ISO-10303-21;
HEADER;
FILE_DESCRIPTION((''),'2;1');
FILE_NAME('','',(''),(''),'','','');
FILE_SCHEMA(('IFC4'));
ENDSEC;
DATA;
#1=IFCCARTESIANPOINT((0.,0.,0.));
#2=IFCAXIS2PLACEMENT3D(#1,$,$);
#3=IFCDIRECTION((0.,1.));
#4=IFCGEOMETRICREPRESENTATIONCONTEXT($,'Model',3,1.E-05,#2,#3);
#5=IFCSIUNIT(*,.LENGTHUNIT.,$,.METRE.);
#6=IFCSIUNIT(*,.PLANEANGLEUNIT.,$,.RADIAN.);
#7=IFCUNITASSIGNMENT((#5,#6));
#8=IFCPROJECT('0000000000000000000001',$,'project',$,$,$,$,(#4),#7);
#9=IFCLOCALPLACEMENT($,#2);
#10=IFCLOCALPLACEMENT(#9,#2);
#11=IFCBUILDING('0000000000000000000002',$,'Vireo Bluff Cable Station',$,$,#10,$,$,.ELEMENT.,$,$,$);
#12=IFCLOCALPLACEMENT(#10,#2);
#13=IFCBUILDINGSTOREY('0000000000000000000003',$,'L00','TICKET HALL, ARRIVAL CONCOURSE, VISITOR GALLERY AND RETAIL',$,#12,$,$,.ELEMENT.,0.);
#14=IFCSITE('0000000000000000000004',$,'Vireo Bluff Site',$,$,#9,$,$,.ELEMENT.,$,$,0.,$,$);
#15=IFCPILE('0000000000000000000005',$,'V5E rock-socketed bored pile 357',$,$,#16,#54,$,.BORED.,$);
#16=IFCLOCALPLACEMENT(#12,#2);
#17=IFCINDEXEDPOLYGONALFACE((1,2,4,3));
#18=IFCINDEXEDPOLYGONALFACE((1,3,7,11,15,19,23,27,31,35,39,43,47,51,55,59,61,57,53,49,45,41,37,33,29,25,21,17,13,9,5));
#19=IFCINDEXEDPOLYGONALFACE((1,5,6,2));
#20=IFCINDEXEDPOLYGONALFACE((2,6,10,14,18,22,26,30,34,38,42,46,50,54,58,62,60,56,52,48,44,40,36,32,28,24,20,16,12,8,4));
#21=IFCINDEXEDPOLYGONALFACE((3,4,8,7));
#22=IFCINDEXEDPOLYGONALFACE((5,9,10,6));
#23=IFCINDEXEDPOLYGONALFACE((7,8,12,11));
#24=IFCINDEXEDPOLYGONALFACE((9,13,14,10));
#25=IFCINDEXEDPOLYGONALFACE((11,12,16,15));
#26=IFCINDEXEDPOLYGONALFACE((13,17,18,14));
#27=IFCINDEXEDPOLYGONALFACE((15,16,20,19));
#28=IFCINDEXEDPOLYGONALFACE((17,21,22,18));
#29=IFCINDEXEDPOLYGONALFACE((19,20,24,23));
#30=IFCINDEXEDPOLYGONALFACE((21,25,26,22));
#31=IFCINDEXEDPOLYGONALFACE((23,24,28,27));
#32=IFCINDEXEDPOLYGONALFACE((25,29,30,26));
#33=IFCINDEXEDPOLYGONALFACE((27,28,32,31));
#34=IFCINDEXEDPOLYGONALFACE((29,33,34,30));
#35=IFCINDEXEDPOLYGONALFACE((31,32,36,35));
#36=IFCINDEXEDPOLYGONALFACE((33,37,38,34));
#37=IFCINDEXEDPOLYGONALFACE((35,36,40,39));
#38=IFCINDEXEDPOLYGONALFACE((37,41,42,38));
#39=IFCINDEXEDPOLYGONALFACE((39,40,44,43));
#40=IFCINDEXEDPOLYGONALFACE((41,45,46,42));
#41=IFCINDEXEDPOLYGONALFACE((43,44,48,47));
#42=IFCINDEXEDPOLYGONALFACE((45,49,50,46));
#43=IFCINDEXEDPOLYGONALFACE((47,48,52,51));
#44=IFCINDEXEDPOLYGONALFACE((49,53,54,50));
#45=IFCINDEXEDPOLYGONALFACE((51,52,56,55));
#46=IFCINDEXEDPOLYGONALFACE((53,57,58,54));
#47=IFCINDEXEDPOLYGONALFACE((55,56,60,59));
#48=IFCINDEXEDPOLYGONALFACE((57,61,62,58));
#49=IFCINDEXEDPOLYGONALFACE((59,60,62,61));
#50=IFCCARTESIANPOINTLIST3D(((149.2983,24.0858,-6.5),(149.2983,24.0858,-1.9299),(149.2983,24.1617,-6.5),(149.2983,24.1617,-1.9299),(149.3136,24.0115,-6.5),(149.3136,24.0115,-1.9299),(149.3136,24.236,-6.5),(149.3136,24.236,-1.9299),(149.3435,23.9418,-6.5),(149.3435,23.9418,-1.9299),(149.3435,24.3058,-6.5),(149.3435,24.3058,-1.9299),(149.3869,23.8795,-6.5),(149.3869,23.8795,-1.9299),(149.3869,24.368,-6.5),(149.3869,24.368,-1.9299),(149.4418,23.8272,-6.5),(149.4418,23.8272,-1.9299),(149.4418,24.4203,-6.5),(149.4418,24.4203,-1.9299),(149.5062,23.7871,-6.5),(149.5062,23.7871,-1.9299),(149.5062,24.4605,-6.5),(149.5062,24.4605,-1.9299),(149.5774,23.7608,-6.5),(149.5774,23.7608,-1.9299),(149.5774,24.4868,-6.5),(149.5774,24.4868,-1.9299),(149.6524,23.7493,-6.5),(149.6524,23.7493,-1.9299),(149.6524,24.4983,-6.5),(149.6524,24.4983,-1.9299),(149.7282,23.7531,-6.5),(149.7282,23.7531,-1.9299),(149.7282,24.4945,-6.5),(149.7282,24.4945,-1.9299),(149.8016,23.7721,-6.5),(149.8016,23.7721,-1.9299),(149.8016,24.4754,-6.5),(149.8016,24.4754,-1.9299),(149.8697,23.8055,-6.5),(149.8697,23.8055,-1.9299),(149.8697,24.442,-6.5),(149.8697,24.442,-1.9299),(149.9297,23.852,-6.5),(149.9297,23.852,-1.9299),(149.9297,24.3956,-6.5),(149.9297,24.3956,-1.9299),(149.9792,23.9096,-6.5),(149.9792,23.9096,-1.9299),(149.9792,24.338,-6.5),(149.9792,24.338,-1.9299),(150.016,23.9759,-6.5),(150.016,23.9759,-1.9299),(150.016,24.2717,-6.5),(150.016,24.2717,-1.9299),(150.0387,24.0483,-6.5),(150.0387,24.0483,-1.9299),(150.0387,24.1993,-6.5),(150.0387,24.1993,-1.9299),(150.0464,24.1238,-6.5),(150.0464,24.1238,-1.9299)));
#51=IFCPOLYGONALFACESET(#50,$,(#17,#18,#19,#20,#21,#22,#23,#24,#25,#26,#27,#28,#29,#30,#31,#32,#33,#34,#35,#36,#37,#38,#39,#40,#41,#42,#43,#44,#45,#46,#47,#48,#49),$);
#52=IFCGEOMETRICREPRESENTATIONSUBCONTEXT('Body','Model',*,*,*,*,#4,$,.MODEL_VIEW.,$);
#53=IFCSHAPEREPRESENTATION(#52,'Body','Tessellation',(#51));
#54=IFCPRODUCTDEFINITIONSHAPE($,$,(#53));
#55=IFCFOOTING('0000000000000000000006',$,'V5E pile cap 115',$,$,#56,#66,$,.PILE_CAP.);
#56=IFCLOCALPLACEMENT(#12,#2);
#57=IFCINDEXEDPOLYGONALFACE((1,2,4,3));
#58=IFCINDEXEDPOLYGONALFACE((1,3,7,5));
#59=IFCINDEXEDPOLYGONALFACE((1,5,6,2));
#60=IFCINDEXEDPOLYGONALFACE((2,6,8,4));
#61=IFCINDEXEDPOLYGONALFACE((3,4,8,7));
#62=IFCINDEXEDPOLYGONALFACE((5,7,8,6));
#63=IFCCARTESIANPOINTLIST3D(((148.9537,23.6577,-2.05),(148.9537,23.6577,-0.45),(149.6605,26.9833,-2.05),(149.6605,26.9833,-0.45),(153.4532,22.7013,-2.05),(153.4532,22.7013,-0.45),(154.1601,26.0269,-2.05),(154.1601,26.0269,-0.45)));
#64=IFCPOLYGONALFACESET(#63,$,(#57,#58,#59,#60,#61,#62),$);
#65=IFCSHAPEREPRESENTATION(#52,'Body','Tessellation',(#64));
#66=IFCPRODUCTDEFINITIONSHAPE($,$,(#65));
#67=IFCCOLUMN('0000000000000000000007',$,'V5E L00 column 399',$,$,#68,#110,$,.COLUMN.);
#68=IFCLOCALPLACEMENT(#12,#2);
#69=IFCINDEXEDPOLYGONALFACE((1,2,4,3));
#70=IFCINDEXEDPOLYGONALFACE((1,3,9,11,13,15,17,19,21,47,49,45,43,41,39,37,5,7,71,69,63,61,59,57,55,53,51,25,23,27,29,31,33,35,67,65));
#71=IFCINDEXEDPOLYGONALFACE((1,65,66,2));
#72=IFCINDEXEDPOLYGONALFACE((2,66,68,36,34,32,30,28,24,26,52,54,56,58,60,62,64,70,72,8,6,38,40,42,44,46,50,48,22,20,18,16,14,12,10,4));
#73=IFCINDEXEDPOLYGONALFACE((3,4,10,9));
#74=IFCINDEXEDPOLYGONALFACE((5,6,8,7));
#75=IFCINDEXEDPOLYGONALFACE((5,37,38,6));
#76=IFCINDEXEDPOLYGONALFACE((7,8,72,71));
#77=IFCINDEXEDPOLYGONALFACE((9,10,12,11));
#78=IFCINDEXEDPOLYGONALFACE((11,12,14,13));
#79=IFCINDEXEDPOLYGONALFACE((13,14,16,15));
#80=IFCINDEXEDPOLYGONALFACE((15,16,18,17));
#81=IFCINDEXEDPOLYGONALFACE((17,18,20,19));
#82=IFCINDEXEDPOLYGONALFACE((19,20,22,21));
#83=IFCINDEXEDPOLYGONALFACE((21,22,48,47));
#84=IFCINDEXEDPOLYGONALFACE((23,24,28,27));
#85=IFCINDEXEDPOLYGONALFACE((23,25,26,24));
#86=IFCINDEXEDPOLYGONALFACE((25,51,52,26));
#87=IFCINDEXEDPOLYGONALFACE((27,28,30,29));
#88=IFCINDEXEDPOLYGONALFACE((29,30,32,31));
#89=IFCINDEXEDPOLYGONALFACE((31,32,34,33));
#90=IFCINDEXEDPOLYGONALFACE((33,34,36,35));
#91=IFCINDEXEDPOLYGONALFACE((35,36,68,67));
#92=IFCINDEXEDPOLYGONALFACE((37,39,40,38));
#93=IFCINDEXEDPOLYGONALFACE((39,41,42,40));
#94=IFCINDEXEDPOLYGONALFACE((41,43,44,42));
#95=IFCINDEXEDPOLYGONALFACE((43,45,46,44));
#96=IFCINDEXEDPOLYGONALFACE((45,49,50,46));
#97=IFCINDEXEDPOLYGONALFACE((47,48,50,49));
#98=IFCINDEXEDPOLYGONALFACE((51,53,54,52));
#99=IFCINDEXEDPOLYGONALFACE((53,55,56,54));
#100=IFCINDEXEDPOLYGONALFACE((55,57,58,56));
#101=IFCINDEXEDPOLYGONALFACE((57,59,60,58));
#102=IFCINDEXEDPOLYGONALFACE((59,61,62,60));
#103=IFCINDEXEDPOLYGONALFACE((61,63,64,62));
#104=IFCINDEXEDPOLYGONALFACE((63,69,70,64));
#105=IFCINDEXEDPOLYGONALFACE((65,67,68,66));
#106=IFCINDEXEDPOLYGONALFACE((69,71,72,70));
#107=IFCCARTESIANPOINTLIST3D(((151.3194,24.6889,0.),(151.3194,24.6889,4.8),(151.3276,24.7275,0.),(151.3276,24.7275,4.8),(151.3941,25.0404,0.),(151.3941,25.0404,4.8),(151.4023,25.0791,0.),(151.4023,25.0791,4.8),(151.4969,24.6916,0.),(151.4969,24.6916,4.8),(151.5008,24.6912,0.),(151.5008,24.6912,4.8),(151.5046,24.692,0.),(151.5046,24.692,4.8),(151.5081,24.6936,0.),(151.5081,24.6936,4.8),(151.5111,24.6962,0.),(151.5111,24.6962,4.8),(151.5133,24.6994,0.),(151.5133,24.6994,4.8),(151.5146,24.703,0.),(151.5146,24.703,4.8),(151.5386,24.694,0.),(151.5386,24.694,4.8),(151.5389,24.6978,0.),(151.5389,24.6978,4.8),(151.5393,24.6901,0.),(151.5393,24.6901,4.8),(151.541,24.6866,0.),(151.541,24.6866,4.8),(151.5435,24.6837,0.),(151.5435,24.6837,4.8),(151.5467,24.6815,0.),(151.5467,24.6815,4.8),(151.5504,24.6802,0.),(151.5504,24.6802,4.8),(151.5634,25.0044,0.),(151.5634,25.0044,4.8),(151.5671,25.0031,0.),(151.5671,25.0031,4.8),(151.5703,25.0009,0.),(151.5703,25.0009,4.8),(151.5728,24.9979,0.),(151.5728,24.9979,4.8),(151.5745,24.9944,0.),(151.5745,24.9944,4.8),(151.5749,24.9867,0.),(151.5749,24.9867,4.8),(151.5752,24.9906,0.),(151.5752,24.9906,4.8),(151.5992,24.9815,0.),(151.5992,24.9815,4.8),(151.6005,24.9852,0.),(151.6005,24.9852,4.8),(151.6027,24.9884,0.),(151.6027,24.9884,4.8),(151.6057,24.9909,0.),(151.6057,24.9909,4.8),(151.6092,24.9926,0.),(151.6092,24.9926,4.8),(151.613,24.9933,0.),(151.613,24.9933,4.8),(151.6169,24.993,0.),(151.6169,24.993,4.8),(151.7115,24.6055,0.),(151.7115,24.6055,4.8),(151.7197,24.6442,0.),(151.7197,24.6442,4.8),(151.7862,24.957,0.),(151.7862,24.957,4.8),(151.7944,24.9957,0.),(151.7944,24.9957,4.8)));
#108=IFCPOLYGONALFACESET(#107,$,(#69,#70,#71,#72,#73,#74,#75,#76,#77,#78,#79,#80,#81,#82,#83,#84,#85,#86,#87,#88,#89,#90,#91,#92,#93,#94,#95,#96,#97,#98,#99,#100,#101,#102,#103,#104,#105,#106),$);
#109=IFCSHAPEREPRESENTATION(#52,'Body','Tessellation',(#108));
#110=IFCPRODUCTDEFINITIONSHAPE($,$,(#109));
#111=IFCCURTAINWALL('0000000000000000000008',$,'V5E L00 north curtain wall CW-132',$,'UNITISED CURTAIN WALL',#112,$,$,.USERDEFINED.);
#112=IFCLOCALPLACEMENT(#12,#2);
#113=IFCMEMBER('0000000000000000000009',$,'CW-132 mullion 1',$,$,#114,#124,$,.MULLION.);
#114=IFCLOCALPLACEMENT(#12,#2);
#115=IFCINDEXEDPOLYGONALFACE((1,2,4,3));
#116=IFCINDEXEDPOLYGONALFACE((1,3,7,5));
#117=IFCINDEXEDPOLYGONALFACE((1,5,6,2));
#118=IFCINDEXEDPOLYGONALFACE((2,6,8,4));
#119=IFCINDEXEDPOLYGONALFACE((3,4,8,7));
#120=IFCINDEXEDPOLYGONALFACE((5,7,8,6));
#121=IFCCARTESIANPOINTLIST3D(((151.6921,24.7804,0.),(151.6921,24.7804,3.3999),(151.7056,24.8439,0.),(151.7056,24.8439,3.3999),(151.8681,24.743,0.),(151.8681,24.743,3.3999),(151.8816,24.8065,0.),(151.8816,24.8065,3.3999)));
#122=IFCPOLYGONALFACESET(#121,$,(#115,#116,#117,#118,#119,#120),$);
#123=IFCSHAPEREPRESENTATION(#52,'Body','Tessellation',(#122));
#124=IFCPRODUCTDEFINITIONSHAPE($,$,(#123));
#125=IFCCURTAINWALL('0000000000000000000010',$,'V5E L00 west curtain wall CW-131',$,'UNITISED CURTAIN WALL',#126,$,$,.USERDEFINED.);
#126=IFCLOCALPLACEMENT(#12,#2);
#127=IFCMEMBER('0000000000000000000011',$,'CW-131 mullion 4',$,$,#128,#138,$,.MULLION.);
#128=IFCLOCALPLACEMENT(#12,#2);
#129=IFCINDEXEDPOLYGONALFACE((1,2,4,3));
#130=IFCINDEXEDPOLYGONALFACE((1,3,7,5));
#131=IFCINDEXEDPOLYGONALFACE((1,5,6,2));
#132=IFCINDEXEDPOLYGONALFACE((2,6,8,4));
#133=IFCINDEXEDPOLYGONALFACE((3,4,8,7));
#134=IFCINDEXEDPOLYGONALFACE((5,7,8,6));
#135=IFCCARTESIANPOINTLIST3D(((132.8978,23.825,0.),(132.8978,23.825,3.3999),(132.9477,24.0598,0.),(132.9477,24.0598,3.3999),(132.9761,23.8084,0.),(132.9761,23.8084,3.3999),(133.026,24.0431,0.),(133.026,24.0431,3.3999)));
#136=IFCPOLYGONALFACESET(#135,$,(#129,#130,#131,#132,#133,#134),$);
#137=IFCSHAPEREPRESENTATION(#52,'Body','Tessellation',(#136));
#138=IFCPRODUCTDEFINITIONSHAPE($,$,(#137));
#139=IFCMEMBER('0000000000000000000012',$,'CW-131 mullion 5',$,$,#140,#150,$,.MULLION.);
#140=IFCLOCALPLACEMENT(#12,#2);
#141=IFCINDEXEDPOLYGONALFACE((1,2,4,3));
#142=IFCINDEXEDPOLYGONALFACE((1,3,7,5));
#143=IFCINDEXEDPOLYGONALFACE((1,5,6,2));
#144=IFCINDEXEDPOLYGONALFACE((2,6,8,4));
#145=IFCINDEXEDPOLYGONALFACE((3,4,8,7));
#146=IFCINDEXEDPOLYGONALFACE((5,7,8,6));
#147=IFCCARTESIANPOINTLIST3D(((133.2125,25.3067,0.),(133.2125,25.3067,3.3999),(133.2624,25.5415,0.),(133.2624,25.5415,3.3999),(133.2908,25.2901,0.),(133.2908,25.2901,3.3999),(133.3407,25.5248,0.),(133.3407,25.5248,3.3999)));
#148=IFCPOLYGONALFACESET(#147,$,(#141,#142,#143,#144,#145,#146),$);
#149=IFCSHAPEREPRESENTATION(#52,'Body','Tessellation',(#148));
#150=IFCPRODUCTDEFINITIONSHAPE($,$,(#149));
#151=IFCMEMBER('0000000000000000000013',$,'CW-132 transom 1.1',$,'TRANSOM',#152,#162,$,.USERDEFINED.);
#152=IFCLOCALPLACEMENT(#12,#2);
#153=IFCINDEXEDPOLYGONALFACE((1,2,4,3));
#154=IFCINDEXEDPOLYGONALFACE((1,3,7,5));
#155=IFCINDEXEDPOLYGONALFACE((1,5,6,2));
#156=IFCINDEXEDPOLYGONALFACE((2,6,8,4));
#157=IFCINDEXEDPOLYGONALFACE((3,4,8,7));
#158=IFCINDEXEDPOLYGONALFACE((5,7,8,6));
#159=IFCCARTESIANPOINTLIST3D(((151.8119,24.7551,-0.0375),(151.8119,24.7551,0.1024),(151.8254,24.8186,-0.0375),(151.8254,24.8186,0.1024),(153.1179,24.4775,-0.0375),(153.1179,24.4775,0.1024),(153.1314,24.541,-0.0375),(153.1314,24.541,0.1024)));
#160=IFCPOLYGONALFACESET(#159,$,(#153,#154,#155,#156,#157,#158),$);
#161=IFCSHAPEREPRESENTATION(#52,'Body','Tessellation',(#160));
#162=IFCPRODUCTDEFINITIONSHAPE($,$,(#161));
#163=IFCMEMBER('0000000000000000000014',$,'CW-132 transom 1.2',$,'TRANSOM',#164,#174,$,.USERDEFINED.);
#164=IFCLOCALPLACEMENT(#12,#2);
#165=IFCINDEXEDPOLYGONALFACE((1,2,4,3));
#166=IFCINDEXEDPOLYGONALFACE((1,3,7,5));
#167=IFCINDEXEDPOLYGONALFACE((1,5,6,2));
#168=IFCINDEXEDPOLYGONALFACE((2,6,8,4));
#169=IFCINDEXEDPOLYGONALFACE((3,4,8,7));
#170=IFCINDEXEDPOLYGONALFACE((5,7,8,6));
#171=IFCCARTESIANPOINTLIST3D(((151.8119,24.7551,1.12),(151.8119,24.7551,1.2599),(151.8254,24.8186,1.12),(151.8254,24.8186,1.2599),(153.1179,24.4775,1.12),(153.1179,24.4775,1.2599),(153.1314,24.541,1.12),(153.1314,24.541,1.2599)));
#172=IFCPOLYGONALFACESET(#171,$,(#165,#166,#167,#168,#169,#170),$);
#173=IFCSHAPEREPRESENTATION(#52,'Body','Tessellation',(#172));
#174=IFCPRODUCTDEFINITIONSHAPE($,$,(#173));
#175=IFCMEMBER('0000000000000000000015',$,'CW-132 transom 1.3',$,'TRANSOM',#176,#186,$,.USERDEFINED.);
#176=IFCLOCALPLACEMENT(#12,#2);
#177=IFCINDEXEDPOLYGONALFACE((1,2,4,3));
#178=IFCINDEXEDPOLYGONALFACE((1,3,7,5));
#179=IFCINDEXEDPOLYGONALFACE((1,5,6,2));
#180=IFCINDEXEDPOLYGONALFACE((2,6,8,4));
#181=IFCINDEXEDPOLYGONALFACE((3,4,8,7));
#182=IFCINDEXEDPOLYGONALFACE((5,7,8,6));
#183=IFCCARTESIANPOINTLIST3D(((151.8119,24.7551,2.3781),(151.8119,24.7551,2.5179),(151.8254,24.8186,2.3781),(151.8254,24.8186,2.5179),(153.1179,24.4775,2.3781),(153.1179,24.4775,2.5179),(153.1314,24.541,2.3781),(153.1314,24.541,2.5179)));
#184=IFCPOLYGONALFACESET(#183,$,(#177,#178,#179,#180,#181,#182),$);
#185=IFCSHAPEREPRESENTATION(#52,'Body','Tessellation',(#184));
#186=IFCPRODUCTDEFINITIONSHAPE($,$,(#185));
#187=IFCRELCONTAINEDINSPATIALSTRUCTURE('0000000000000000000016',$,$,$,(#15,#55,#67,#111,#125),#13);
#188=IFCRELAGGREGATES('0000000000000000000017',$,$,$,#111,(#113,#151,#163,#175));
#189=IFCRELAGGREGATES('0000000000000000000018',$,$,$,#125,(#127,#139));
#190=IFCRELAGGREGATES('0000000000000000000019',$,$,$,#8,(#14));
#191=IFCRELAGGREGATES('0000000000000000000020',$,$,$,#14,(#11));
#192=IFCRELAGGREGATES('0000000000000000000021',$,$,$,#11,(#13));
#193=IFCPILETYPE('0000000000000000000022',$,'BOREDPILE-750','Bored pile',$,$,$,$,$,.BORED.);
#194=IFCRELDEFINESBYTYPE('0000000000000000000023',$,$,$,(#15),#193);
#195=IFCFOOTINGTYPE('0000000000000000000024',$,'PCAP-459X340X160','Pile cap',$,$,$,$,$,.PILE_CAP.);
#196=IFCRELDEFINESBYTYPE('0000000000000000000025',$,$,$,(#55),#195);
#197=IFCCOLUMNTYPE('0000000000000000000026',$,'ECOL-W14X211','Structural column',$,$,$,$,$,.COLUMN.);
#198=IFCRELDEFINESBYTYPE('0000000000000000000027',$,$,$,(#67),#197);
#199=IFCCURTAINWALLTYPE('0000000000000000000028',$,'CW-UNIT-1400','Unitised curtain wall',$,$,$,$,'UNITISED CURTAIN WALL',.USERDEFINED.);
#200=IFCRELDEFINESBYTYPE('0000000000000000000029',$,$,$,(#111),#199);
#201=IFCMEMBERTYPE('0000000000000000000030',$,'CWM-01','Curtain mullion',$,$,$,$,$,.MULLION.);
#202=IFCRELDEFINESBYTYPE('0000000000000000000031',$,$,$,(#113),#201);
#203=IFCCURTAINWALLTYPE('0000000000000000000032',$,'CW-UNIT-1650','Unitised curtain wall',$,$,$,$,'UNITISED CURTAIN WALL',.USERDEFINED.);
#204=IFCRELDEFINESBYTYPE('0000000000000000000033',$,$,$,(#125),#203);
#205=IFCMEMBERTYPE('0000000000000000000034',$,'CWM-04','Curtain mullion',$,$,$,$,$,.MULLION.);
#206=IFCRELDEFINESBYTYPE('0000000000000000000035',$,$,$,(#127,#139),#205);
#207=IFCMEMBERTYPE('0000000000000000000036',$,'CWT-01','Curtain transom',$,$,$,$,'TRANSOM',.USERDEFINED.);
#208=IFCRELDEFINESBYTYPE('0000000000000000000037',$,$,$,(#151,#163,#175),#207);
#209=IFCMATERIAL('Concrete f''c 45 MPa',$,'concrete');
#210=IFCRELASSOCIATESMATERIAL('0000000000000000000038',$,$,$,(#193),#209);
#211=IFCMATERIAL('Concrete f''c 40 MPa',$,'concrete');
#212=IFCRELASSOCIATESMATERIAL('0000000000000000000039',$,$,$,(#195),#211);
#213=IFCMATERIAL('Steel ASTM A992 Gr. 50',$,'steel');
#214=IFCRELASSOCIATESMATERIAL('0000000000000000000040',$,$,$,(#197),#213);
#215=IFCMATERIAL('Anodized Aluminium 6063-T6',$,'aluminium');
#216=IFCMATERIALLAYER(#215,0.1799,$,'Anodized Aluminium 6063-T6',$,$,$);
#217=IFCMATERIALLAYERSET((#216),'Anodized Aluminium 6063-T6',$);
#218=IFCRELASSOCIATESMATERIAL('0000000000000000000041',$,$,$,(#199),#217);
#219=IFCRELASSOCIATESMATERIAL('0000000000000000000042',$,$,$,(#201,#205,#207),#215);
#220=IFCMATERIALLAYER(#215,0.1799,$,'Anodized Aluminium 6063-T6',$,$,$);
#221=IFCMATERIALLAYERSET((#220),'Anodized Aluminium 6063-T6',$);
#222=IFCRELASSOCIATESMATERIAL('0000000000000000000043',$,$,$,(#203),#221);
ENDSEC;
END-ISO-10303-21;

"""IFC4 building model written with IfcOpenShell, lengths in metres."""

from ifc_helpers import new_model, si_unit, direction, frame, origin, origin_2d, place, context, subcontext, project, spatial, rectangle, circle, i_section, extrude, material, layer, layer_set, material_profile, profile_set, type_object, element, aggregate, save


model = new_model("IFC4")

# Units and contexts
model_context = context("Model", 3, precision=1e-05, world=origin(), true_north=direction((0.0, 1.0)))
body_context = subcontext(model_context, "Body", "Model", "MODEL_VIEW")
ifc_project = project(units=[si_unit("LENGTHUNIT", "METRE"), si_unit("PLANEANGLEUNIT", "RADIAN")], contexts=[model_context])

# Site, building, storey
site_placement = place(None, origin())
site = spatial("IfcSite", under=ifc_project, at=site_placement, Name="Vireo Bluff Site", CompositionType="ELEMENT", RefElevation=0.0)
building_placement = place(site_placement, origin())
building = spatial("IfcBuilding", under=site, at=building_placement, Name="Vireo Bluff Cable Station", CompositionType="ELEMENT")
storey_placement = place(building_placement, origin())
storey = spatial("IfcBuildingStorey", under=building, at=storey_placement, Name="L00", Description="TICKET HALL, ARRIVAL CONCOURSE, VISITOR GALLERY AND RETAIL", CompositionType="ELEMENT", Elevation=0.0)

# Pile
ifc_material_1 = material(Name="Concrete f'c 45 MPa", Category="concrete")
ifc_material_profile_1 = material_profile(ifc_material_1, circle(Radius=0.375, at=origin_2d()), Name="BOREDPILE-750")
ifc_profile_set_1 = profile_set([ifc_material_profile_1], Name="Concrete f'c 45 MPa")
pile_type = type_object("IfcPileType", Name="BOREDPILE-750", Description="Bored pile", PredefinedType="BORED", material=ifc_profile_set_1)
pile_placement = place(storey_placement, frame((149.6714, 24.1238, -1.9299), z_axis=(0.0, 0.0, -1.0), x_axis=(1.0, 0.0, 0.0)))
element("IfcPile", 1, at=pile_placement, inside=storey, type_object=pile_type, Name="V5E rock-socketed bored pile 357", PredefinedType="BORED", context=body_context, shape_type="SweptSolid", body=[
    extrude(circle(Radius=0.375, at=origin_2d()), origin(), (0.0, 0.0, 1.0), 4.5701),
])

# Footing
ifc_material_2 = material(Name="Concrete f'c 40 MPa", Category="concrete")
footing_type = type_object("IfcFootingType", Name="PCAP-459X340X160", Description="Pile cap", PredefinedType="PILE_CAP", material=ifc_material_2)
footing_placement = place(storey_placement, frame((151.5569, 24.8423, -2.05), z_axis=(0.0, 0.0, 1.0), x_axis=(0.978148, -0.207912, 0.0)))
element("IfcFooting", 2, at=footing_placement, inside=storey, type_object=footing_type, Name="V5E pile cap 115", PredefinedType="PILE_CAP", context=body_context, shape_type="SweptSolid", body=[
    extrude(rectangle(XDim=4.6001, YDim=3.3999, at=origin_2d()), origin(), (0.0, 0.0, 1.0), 1.6001),
])

# Column
ifc_material_3 = material(Name="Steel ASTM A992 Gr. 50", Category="steel")
ifc_material_profile_2 = material_profile(ifc_material_3, i_section(OverallWidth=0.4009, OverallDepth=0.3989, WebThickness=0.0249, FlangeThickness=0.0396, FilletRadius=0.0149, at=origin_2d()), Name="W14X211")
ifc_profile_set_2 = profile_set([ifc_material_profile_2], Name="Steel ASTM A992 Gr. 50")
column_type = type_object("IfcColumnType", Name="ECOL-W14X211", Description="Structural column", PredefinedType="COLUMN", material=ifc_profile_set_2)
column_placement = place(storey_placement, frame((151.5569, 24.8423, 0.0), z_axis=(0.0, 0.0, 1.0), x_axis=(0.978148, -0.207912, 0.0)))
element("IfcColumn", 3, at=column_placement, inside=storey, type_object=column_type, Name="V5E L00 column 399", PredefinedType="COLUMN", context=body_context, shape_type="SweptSolid", body=[
    extrude(i_section(OverallWidth=0.4009, OverallDepth=0.3989, WebThickness=0.0249, FlangeThickness=0.0396, FilletRadius=0.0149, at=origin_2d()), origin(), (0.0, 0.0, 1.0), 4.8),
])

# Curtain wall, member
ifc_material_4 = material(Name="Anodized Aluminium 6063-T6", Category="aluminium")
ifc_layer_1 = layer(ifc_material_4, 0.1799, Name="Anodized Aluminium 6063-T6")
ifc_layer_set_1 = layer_set([ifc_layer_1], Name="Anodized Aluminium 6063-T6")
curtain_wall_type_1 = type_object("IfcCurtainWallType", Name="CW-UNIT-1400", Description="Unitised curtain wall", ElementType="UNITISED CURTAIN WALL", PredefinedType="USERDEFINED", material=ifc_layer_set_1)
curtain_wall_1_placement = place(storey_placement, origin())
curtain_wall_1 = element("IfcCurtainWall", 4, at=curtain_wall_1_placement, inside=storey, type_object=curtain_wall_type_1, Name="V5E L00 north curtain wall CW-132", ObjectType="UNITISED CURTAIN WALL", PredefinedType="USERDEFINED")
ifc_material_profile_3 = material_profile(ifc_material_4, rectangle(XDim=0.0649, YDim=0.1799, at=origin_2d()), Name="ALU-M-65X180")
ifc_profile_set_3 = profile_set([ifc_material_profile_3], Name="Anodized Aluminium 6063-T6")
member_type_1 = type_object("IfcMemberType", Name="CWM-01", Description="Curtain mullion", PredefinedType="MULLION", material=ifc_profile_set_3)
member_1_placement = place(storey_placement, frame((151.7869, 24.7935, 0.0), z_axis=(0.0, 0.0, 1.0), x_axis=(0.207912, 0.978148, 0.0)))
member_1 = element("IfcMember", 5, at=member_1_placement, type_object=member_type_1, Name="CW-132 mullion 1", PredefinedType="MULLION", context=body_context, shape_type="SweptSolid", body=[
    extrude(rectangle(XDim=0.0649, YDim=0.1799, at=origin_2d()), origin(), (0.0, 0.0, 1.0), 3.3999),
])

# Curtain wall, members
ifc_layer_2 = layer(ifc_material_4, 0.1799, Name="Anodized Aluminium 6063-T6")
ifc_layer_set_2 = layer_set([ifc_layer_2], Name="Anodized Aluminium 6063-T6")
curtain_wall_type_2 = type_object("IfcCurtainWallType", Name="CW-UNIT-1650", Description="Unitised curtain wall", ElementType="UNITISED CURTAIN WALL", PredefinedType="USERDEFINED", material=ifc_layer_set_2)
curtain_wall_2_placement = place(storey_placement, origin())
curtain_wall_2 = element("IfcCurtainWall", 6, at=curtain_wall_2_placement, inside=storey, type_object=curtain_wall_type_2, Name="V5E L00 west curtain wall CW-131", ObjectType="UNITISED CURTAIN WALL", PredefinedType="USERDEFINED")
ifc_material_profile_4 = material_profile(ifc_material_4, rectangle(XDim=0.0801, YDim=0.24, at=origin_2d()), Name="ALU-M-80X240")
ifc_profile_set_4 = profile_set([ifc_material_profile_4], Name="Anodized Aluminium 6063-T6")
member_type_2 = type_object("IfcMemberType", Name="CWM-04", Description="Curtain mullion", PredefinedType="MULLION", material=ifc_profile_set_4)
member_2_placement = place(storey_placement, frame((132.9619, 23.9341, 0.0), z_axis=(0.0, 0.0, 1.0), x_axis=(-0.978148, 0.207912, 0.0)))
member_2 = element("IfcMember", 7, at=member_2_placement, type_object=member_type_2, Name="CW-131 mullion 4", PredefinedType="MULLION", context=body_context, shape_type="SweptSolid", body=[
    extrude(rectangle(XDim=0.0801, YDim=0.24, at=origin_2d()), origin(), (0.0, 0.0, 1.0), 3.3999),
])
member_3_placement = place(storey_placement, frame((133.2766, 25.4158, 0.0), z_axis=(0.0, 0.0, 1.0), x_axis=(-0.978148, 0.207912, 0.0)))
member_3 = element("IfcMember", 8, at=member_3_placement, type_object=member_type_2, Name="CW-131 mullion 5", PredefinedType="MULLION", context=body_context, shape_type="SweptSolid", body=[
    extrude(rectangle(XDim=0.0801, YDim=0.24, at=origin_2d()), origin(), (0.0, 0.0, 1.0), 3.3999),
])

# Members
ifc_material_profile_5 = material_profile(ifc_material_4, rectangle(XDim=0.0649, YDim=0.1399, at=origin_2d()), Name="ALU-T-65X140")
ifc_profile_set_5 = profile_set([ifc_material_profile_5], Name="Anodized Aluminium 6063-T6")
member_type_3 = type_object("IfcMemberType", Name="CWT-01", Description="Curtain transom", ElementType="TRANSOM", PredefinedType="USERDEFINED", material=ifc_profile_set_5)
member_4_placement = place(storey_placement, frame((151.8186, 24.7869, 0.0325), z_axis=(0.978146, -0.207918, 0.0), x_axis=(0.207918, 0.978146, 0.0)))
member_4 = element("IfcMember", 9, at=member_4_placement, type_object=member_type_3, Name="CW-132 transom 1.1", ObjectType="TRANSOM", PredefinedType="USERDEFINED", context=body_context, shape_type="SweptSolid", body=[
    extrude(rectangle(XDim=0.0649, YDim=0.1399, at=origin_2d()), origin(), (0.0, 0.0, 1.0), 1.3352),
])
member_5_placement = place(storey_placement, frame((151.8186, 24.7869, 1.1899), z_axis=(0.978146, -0.207918, 0.0), x_axis=(0.207918, 0.978146, 0.0)))
member_5 = element("IfcMember", 10, at=member_5_placement, type_object=member_type_3, Name="CW-132 transom 1.2", ObjectType="TRANSOM", PredefinedType="USERDEFINED", context=body_context, shape_type="SweptSolid", body=[
    extrude(rectangle(XDim=0.0649, YDim=0.1399, at=origin_2d()), origin(), (0.0, 0.0, 1.0), 1.3352),
])
member_6_placement = place(storey_placement, frame((151.8186, 24.7869, 2.448), z_axis=(0.978146, -0.207918, 0.0), x_axis=(0.207918, 0.978146, 0.0)))
member_6 = element("IfcMember", 11, at=member_6_placement, type_object=member_type_3, Name="CW-132 transom 1.3", ObjectType="TRANSOM", PredefinedType="USERDEFINED", context=body_context, shape_type="SweptSolid", body=[
    extrude(rectangle(XDim=0.0649, YDim=0.1399, at=origin_2d()), origin(), (0.0, 0.0, 1.0), 1.3352),
])
aggregate(curtain_wall_1, [member_1, member_4, member_5, member_6])

aggregate(curtain_wall_2, [member_2, member_3])

save(model, "model.ifc")
